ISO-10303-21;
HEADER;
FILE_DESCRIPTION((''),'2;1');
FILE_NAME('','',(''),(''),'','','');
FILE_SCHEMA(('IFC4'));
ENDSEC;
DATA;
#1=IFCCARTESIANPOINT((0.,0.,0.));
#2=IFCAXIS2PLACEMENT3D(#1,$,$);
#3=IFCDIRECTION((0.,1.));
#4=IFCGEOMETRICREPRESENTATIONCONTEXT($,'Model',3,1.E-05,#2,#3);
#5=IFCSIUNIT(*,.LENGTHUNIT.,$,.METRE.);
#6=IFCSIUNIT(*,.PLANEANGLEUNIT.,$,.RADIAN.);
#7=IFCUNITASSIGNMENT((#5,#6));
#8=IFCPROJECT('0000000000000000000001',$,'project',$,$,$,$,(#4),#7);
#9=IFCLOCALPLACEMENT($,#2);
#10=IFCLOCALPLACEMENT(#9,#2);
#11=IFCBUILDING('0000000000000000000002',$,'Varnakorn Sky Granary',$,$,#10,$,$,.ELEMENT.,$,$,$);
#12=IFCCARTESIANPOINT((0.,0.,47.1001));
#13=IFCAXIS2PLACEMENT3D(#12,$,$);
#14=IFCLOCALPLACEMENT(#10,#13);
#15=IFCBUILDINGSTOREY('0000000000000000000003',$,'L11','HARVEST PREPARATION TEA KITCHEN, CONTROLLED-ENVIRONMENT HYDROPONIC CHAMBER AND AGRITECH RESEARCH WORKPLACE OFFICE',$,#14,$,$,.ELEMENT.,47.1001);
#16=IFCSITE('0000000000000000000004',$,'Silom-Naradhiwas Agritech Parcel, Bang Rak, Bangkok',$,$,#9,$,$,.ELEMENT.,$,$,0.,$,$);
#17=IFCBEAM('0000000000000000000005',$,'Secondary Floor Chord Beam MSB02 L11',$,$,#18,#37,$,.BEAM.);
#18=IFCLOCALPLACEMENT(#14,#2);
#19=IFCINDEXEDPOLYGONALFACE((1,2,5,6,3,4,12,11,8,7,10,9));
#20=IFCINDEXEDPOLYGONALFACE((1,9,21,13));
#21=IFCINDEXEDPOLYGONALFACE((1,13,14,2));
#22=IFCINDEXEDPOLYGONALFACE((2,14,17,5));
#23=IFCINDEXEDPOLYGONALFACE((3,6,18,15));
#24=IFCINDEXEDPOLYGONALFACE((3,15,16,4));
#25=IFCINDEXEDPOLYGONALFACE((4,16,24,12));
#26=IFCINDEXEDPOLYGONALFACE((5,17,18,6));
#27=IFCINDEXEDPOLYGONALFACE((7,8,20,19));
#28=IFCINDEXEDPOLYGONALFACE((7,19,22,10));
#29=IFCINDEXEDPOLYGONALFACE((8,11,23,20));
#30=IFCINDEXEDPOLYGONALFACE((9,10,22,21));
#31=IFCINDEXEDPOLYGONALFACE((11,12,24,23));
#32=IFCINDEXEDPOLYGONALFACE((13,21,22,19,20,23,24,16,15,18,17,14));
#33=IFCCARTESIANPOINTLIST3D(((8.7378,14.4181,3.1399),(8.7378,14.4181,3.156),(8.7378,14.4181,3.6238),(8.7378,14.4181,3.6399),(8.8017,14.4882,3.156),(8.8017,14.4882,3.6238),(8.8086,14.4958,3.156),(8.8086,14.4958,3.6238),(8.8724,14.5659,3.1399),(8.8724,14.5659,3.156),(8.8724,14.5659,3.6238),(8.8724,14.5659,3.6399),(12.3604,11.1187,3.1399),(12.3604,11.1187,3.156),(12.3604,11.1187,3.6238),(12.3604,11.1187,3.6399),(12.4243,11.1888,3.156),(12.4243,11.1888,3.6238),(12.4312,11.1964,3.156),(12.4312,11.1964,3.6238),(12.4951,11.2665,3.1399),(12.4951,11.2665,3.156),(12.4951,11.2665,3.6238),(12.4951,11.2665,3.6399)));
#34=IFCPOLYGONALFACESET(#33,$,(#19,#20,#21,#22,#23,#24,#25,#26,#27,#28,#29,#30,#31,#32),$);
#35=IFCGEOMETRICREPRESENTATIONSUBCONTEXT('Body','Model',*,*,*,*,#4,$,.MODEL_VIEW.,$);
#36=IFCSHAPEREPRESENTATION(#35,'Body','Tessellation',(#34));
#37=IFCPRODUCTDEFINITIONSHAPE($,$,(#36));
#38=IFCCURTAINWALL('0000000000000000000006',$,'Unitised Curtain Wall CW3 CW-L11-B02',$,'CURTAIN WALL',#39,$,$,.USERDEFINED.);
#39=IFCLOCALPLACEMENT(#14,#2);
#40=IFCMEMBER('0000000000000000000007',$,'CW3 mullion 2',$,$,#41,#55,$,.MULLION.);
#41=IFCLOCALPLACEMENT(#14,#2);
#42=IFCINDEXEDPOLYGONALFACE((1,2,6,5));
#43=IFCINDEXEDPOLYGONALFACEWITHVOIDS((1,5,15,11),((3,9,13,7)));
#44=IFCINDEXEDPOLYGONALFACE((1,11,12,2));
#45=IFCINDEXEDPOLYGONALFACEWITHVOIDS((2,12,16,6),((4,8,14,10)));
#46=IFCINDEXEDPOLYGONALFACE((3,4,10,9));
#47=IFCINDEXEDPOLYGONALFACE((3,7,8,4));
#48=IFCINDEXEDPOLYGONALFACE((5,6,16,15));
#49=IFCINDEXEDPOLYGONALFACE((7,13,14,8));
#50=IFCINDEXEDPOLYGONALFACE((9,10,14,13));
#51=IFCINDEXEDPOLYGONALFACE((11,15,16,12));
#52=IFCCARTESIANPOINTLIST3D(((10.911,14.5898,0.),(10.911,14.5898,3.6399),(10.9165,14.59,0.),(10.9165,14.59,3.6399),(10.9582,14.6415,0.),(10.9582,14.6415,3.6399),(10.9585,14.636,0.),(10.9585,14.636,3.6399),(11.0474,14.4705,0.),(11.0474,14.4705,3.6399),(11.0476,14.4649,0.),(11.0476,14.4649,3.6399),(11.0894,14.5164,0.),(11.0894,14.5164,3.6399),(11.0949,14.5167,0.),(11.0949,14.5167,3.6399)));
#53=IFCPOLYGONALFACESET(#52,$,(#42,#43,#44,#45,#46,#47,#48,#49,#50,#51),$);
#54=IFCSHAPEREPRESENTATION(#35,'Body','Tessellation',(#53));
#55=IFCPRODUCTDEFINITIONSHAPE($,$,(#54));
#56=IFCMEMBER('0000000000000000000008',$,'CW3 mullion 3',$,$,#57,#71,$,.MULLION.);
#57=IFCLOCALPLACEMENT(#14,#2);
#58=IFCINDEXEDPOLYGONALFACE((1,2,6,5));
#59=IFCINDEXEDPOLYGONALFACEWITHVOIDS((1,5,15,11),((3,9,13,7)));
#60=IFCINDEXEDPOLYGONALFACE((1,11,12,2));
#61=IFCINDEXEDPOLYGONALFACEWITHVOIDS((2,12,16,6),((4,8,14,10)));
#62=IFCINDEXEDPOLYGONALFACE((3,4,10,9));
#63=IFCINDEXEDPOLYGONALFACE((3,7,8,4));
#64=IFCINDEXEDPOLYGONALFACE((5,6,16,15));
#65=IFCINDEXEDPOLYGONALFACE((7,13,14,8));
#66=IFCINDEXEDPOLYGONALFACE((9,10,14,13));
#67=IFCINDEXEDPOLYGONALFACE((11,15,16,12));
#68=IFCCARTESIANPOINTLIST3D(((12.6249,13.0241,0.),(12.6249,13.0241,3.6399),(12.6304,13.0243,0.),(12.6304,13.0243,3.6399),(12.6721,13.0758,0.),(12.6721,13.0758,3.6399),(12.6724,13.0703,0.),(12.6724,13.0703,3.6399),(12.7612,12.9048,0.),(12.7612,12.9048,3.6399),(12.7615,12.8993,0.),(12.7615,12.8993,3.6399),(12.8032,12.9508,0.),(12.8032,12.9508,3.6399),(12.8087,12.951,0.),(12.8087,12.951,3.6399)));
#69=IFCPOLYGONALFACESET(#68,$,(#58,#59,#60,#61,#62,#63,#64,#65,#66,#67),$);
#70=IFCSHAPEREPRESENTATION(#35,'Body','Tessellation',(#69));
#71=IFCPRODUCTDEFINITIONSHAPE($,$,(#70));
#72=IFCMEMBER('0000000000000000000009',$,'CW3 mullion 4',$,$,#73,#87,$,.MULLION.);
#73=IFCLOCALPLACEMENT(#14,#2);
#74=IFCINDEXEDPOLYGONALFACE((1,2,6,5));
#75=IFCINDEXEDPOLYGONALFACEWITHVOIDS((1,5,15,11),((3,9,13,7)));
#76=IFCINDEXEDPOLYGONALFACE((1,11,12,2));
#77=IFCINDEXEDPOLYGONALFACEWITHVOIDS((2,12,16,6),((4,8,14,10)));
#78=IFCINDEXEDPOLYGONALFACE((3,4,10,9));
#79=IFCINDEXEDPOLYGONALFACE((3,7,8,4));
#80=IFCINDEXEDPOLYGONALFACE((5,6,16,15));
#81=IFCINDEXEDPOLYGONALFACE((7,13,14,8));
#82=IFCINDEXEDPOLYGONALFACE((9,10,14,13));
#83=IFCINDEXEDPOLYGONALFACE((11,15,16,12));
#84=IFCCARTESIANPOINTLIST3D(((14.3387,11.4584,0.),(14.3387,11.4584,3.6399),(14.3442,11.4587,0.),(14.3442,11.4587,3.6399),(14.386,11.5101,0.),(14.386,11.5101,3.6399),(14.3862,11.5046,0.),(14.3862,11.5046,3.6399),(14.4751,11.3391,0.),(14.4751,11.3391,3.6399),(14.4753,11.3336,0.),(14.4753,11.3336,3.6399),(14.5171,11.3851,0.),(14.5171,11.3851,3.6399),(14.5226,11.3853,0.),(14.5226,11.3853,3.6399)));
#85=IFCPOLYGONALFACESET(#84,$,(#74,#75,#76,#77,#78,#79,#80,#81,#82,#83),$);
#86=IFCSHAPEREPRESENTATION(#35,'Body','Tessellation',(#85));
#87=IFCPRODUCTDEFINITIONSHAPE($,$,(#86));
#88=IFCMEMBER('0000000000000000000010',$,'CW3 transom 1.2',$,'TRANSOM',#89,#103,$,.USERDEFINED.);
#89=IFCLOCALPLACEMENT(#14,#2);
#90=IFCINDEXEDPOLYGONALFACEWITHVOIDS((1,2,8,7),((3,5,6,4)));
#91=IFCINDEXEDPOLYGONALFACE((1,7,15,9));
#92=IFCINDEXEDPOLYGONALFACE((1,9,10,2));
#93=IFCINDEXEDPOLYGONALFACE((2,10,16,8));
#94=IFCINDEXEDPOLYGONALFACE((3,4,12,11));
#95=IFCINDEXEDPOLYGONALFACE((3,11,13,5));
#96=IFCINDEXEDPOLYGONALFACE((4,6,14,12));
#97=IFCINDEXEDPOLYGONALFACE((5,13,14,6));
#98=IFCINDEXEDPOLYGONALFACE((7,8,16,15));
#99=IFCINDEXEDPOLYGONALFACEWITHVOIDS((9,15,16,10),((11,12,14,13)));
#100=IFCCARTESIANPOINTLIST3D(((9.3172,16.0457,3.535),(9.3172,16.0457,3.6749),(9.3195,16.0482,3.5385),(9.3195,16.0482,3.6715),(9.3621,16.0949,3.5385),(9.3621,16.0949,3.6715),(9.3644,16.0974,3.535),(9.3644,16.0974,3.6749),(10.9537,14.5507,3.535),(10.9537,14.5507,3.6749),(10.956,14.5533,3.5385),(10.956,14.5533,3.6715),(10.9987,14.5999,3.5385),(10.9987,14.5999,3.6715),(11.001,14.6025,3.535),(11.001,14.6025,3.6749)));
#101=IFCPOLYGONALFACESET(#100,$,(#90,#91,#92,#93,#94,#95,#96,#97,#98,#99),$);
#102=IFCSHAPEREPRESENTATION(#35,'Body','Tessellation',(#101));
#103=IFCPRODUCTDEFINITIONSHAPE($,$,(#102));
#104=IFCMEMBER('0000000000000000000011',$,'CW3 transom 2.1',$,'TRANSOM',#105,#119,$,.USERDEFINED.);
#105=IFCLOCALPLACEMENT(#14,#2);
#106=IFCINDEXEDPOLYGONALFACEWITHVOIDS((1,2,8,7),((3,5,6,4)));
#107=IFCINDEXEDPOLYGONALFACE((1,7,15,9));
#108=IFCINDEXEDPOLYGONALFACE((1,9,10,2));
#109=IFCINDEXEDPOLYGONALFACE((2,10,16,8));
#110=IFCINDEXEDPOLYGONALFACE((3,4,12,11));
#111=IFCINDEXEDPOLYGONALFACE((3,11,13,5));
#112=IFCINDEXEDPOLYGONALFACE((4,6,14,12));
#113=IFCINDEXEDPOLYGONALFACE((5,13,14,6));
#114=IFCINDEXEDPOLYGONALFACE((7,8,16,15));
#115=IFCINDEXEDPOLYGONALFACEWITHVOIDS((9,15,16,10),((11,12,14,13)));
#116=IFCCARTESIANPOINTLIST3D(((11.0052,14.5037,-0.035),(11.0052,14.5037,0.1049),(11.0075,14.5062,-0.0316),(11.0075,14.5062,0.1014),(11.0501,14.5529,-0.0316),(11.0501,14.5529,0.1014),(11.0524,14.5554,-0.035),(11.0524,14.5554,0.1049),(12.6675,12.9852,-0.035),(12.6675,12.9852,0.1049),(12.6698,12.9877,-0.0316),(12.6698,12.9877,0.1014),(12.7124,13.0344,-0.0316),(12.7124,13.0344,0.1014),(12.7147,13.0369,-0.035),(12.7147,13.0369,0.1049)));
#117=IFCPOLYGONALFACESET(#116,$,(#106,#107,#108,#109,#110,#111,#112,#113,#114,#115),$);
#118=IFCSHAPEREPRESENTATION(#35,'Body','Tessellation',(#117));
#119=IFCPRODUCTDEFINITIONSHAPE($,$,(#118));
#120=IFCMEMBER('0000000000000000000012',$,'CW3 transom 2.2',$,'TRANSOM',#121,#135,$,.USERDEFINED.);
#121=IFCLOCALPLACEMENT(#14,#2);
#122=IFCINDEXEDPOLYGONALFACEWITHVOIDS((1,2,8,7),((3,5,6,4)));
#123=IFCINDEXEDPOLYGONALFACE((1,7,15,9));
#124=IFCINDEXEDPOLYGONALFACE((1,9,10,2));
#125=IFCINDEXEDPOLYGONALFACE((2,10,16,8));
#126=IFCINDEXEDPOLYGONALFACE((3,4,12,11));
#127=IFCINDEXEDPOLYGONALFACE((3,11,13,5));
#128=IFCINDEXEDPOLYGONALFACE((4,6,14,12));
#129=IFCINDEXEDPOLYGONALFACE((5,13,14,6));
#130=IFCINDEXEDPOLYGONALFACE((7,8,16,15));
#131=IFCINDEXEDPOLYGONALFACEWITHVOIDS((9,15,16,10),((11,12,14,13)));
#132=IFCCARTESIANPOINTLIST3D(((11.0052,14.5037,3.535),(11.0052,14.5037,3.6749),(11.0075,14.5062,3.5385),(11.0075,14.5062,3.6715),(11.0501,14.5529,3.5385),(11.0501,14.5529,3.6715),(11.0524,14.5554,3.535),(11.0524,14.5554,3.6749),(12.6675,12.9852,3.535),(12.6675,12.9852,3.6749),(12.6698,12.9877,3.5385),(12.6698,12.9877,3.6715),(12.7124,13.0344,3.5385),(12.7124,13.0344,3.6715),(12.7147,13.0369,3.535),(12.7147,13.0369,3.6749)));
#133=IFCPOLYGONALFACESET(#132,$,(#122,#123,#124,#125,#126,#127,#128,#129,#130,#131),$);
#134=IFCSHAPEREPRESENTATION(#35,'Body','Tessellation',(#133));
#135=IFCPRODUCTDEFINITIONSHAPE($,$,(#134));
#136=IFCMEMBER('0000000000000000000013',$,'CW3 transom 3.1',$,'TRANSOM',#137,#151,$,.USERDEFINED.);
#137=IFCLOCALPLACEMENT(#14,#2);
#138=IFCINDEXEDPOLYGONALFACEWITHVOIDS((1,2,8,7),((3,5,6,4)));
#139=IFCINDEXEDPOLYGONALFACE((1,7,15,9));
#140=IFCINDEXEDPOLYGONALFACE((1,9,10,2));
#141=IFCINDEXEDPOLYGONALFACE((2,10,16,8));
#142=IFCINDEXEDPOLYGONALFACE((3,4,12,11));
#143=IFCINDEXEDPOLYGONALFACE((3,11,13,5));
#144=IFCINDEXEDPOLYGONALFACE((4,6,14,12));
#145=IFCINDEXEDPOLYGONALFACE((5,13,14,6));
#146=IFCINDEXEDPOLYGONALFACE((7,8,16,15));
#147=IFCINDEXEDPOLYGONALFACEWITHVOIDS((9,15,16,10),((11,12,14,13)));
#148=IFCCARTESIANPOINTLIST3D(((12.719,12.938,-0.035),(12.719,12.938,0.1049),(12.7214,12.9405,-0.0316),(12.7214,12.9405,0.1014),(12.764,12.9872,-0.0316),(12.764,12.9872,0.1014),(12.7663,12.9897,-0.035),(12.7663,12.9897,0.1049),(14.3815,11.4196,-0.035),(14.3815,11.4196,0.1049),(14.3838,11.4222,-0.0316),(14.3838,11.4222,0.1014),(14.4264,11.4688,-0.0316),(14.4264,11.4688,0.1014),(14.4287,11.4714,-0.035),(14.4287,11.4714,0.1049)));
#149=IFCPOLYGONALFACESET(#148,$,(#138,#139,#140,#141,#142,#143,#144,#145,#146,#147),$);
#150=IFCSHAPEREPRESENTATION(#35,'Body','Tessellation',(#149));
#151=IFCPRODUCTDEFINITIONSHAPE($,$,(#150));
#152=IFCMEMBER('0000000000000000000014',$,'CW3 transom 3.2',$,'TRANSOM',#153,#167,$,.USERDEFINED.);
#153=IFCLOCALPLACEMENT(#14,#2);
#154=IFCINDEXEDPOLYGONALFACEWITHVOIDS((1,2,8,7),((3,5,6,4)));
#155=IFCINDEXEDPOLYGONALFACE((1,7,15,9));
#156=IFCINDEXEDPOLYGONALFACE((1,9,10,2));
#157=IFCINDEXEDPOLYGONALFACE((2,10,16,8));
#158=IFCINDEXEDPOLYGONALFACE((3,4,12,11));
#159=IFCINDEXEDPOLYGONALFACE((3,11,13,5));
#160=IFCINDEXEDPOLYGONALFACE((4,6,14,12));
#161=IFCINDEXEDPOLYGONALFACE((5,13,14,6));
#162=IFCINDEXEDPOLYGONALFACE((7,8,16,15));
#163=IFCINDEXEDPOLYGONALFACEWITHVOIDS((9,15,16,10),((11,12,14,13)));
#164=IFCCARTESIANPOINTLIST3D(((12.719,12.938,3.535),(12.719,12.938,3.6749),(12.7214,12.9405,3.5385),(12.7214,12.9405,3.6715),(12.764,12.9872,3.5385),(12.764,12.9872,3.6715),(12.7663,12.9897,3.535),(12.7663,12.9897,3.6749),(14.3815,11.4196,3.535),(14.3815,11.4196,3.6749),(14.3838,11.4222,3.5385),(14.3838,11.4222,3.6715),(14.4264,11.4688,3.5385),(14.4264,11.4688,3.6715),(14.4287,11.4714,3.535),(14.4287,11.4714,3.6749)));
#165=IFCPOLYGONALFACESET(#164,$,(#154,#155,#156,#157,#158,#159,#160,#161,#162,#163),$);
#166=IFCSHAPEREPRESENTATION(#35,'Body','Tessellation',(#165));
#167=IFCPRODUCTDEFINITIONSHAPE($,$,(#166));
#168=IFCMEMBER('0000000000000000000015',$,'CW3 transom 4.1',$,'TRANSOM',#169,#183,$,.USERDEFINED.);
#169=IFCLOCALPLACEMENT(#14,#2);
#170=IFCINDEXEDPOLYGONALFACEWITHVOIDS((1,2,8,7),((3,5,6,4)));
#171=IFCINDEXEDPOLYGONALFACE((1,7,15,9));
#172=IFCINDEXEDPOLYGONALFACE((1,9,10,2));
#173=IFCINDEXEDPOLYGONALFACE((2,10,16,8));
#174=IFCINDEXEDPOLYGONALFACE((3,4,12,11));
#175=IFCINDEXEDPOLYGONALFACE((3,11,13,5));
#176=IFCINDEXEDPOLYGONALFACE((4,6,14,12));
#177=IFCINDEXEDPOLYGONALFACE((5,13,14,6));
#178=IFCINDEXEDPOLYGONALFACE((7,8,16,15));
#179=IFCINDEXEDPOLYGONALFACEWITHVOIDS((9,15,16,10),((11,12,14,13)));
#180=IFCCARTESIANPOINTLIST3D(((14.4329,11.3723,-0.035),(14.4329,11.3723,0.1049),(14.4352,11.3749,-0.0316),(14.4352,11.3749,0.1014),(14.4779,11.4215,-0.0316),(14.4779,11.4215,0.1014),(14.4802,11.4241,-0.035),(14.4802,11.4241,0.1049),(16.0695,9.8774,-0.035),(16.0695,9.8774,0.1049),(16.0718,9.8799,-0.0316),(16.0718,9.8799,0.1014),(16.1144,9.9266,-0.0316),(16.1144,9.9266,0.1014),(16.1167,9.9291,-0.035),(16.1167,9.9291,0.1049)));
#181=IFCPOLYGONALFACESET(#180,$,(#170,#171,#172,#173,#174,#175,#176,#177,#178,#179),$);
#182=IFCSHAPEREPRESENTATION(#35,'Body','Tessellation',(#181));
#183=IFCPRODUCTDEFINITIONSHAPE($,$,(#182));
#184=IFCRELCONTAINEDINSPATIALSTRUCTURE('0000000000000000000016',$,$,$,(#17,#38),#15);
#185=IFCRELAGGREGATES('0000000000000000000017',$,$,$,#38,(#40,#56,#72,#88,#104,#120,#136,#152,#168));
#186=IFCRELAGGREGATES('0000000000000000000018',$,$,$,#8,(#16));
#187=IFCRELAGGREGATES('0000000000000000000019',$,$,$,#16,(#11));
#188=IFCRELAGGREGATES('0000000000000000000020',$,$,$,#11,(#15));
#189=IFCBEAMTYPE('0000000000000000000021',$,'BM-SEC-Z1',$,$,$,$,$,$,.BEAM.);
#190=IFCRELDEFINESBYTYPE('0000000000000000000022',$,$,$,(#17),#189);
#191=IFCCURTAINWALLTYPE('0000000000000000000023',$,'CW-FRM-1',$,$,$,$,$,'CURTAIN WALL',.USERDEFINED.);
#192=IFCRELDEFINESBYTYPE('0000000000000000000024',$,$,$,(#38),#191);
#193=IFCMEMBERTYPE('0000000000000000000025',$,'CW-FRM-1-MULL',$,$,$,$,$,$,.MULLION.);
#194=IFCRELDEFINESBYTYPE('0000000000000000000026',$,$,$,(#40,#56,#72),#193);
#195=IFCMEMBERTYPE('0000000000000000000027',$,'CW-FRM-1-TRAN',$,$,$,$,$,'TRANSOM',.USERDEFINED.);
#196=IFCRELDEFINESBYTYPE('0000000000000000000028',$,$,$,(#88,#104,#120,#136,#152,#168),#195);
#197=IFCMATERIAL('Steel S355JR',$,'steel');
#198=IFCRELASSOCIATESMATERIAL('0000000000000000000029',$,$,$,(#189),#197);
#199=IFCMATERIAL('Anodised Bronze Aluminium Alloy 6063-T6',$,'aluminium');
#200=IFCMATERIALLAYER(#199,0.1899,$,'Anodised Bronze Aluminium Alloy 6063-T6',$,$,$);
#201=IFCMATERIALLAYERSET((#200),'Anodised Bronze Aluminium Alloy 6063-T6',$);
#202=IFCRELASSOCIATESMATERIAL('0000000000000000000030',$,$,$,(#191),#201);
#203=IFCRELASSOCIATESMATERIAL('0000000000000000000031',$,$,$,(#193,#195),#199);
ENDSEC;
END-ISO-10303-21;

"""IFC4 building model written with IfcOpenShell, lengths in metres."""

from ifc_helpers import new_model, si_unit, direction, frame, origin, origin_2d, place, context, subcontext, project, spatial, hollow_rectangle, i_section, extrude, material, layer, layer_set, material_profile, profile_set, type_object, element, aggregate, save


model = new_model("IFC4")

# Units and contexts
model_context = context("Model", 3, precision=1e-05, world=origin(), true_north=direction((0.0, 1.0)))
body_context = subcontext(model_context, "Body", "Model", "MODEL_VIEW")
ifc_project = project(units=[si_unit("LENGTHUNIT", "METRE"), si_unit("PLANEANGLEUNIT", "RADIAN")], contexts=[model_context])

# Site, building, storey
site_placement = place(None, origin())
site = spatial("IfcSite", under=ifc_project, at=site_placement, Name="Silom-Naradhiwas Agritech Parcel, Bang Rak, Bangkok", CompositionType="ELEMENT", RefElevation=0.0)
building_placement = place(site_placement, origin())
building = spatial("IfcBuilding", under=site, at=building_placement, Name="Varnakorn Sky Granary", CompositionType="ELEMENT")
storey_placement = place(building_placement, frame((0.0, 0.0, 47.1001)))
storey = spatial("IfcBuildingStorey", under=building, at=storey_placement, Name="L11", Description="HARVEST PREPARATION TEA KITCHEN, CONTROLLED-ENVIRONMENT HYDROPONIC CHAMBER AND AGRITECH RESEARCH WORKPLACE OFFICE", CompositionType="ELEMENT", Elevation=47.1001)

# Beam
ifc_material_1 = material(Name="Steel S355JR", Category="steel")
ifc_material_profile_1 = material_profile(ifc_material_1, i_section(OverallWidth=0.2, OverallDepth=0.5, WebThickness=0.0103, FlangeThickness=0.0161, at=origin_2d()), Name="IPE 500")
ifc_profile_set_1 = profile_set([ifc_material_profile_1], Name="Steel S355JR")
beam_type = type_object("IfcBeamType", Name="BM-SEC-Z1", PredefinedType="BEAM", material=ifc_profile_set_1)
beam_placement = place(storey_placement, frame((12.4277, 11.1926, 3.3899), z_axis=(-0.739322, 0.673352, 0.0), x_axis=(-0.673352, -0.739322, 0.0)))
element("IfcBeam", 1, at=beam_placement, inside=storey, type_object=beam_type, Name="Secondary Floor Chord Beam MSB02 L11", PredefinedType="BEAM", context=body_context, shape_type="SweptSolid", body=[
    extrude(i_section(OverallWidth=0.2, OverallDepth=0.5, WebThickness=0.0103, FlangeThickness=0.0161, at=origin_2d()), origin(), (0.0, 0.0, 1.0), 4.8999),
])

# Curtain wall, members
ifc_material_2 = material(Name="Anodised Bronze Aluminium Alloy 6063-T6", Category="aluminium")
ifc_layer_1 = layer(ifc_material_2, 0.1899, Name="Anodised Bronze Aluminium Alloy 6063-T6")
ifc_layer_set_1 = layer_set([ifc_layer_1], Name="Anodised Bronze Aluminium Alloy 6063-T6")
curtain_wall_type = type_object("IfcCurtainWallType", Name="CW-FRM-1", ElementType="CURTAIN WALL", PredefinedType="USERDEFINED", material=ifc_layer_set_1)
curtain_wall_placement = place(storey_placement, origin())
curtain_wall = element("IfcCurtainWall", 2, at=curtain_wall_placement, inside=storey, type_object=curtain_wall_type, Name="Unitised Curtain Wall CW3 CW-L11-B02", ObjectType="CURTAIN WALL", PredefinedType="USERDEFINED")
ifc_material_profile_2 = material_profile(ifc_material_2, hollow_rectangle(XDim=0.0701, YDim=0.1851, WallThickness=0.0039, at=origin_2d()), Name="ALU MULL 70x185")
ifc_profile_set_2 = profile_set([ifc_material_profile_2], Name="Anodised Bronze Aluminium Alloy 6063-T6")
member_type_1 = type_object("IfcMemberType", Name="CW-FRM-1-MULL", PredefinedType="MULLION", material=ifc_profile_set_2)
member_1_placement = place(storey_placement, frame((11.0029, 14.5532, 0.0), z_axis=(0.0, 0.0, 1.0), x_axis=(0.674464, 0.738307, 0.0)))
member_1 = element("IfcMember", 3, at=member_1_placement, type_object=member_type_1, Name="CW3 mullion 2", PredefinedType="MULLION", context=body_context, shape_type="SweptSolid", body=[
    extrude(hollow_rectangle(XDim=0.0701, YDim=0.1851, WallThickness=0.0039, at=origin_2d()), origin(), (0.0, 0.0, 1.0), 3.6399),
])
member_2_placement = place(storey_placement, frame((12.7168, 12.9875, 0.0), z_axis=(0.0, 0.0, 1.0), x_axis=(0.674464, 0.738307, 0.0)))
member_2 = element("IfcMember", 4, at=member_2_placement, type_object=member_type_1, Name="CW3 mullion 3", PredefinedType="MULLION", context=body_context, shape_type="SweptSolid", body=[
    extrude(hollow_rectangle(XDim=0.0701, YDim=0.1851, WallThickness=0.0039, at=origin_2d()), origin(), (0.0, 0.0, 1.0), 3.6399),
])
member_3_placement = place(storey_placement, frame((14.4307, 11.4219, 0.0), z_axis=(0.0, 0.0, 1.0), x_axis=(0.674464, 0.738307, 0.0)))
member_3 = element("IfcMember", 5, at=member_3_placement, type_object=member_type_1, Name="CW3 mullion 4", PredefinedType="MULLION", context=body_context, shape_type="SweptSolid", body=[
    extrude(hollow_rectangle(XDim=0.0701, YDim=0.1851, WallThickness=0.0039, at=origin_2d()), origin(), (0.0, 0.0, 1.0), 3.6399),
])
ifc_material_profile_3 = material_profile(ifc_material_2, hollow_rectangle(XDim=0.0701, YDim=0.1399, WallThickness=0.0034, at=origin_2d()), Name="ALU TRAN 70x140")
ifc_profile_set_3 = profile_set([ifc_material_profile_3], Name="Anodised Bronze Aluminium Alloy 6063-T6")
member_type_2 = type_object("IfcMemberType", Name="CW-FRM-1-TRAN", ElementType="TRANSOM", PredefinedType="USERDEFINED", material=ifc_profile_set_3)
member_4_placement = place(storey_placement, frame((9.3408, 16.0715, 3.605), z_axis=(0.738328, -0.674442, 0.0), x_axis=(0.674442, 0.738328, 0.0)))
member_4 = element("IfcMember", 6, at=member_4_placement, type_object=member_type_2, Name="CW3 transom 1.2", ObjectType="TRANSOM", PredefinedType="USERDEFINED", context=body_context, shape_type="SweptSolid", body=[
    extrude(hollow_rectangle(XDim=0.0701, YDim=0.1399, WallThickness=0.0034, at=origin_2d()), origin(), (0.0, 0.0, 1.0), 2.2166),
])
member_5_placement = place(storey_placement, frame((11.0288, 14.5295, 0.0349), z_axis=(0.738319, -0.674452, 0.0), x_axis=(0.674452, 0.738319, 0.0)))
member_5 = element("IfcMember", 7, at=member_5_placement, type_object=member_type_2, Name="CW3 transom 2.1", ObjectType="TRANSOM", PredefinedType="USERDEFINED", context=body_context, shape_type="SweptSolid", body=[
    extrude(hollow_rectangle(XDim=0.0701, YDim=0.1399, WallThickness=0.0034, at=origin_2d()), origin(), (0.0, 0.0, 1.0), 2.2515),
])
member_6_placement = place(storey_placement, frame((11.0288, 14.5295, 3.605), z_axis=(0.738319, -0.674452, 0.0), x_axis=(0.674452, 0.738319, 0.0)))
member_6 = element("IfcMember", 8, at=member_6_placement, type_object=member_type_2, Name="CW3 transom 2.2", ObjectType="TRANSOM", PredefinedType="USERDEFINED", context=body_context, shape_type="SweptSolid", body=[
    extrude(hollow_rectangle(XDim=0.0701, YDim=0.1399, WallThickness=0.0034, at=origin_2d()), origin(), (0.0, 0.0, 1.0), 2.2515),
])
member_7_placement = place(storey_placement, frame((12.7427, 12.9639, 0.0349), z_axis=(0.738373, -0.674393, 0.0), x_axis=(0.674393, 0.738373, 0.0)))
member_7 = element("IfcMember", 9, at=member_7_placement, type_object=member_type_2, Name="CW3 transom 3.1", ObjectType="TRANSOM", PredefinedType="USERDEFINED", context=body_context, shape_type="SweptSolid", body=[
    extrude(hollow_rectangle(XDim=0.0701, YDim=0.1399, WallThickness=0.0034, at=origin_2d()), origin(), (0.0, 0.0, 1.0), 2.2515),
])
member_8_placement = place(storey_placement, frame((12.7427, 12.9639, 3.605), z_axis=(0.738373, -0.674393, 0.0), x_axis=(0.674393, 0.738373, 0.0)))
member_8 = element("IfcMember", 10, at=member_8_placement, type_object=member_type_2, Name="CW3 transom 3.2", ObjectType="TRANSOM", PredefinedType="USERDEFINED", context=body_context, shape_type="SweptSolid", body=[
    extrude(hollow_rectangle(XDim=0.0701, YDim=0.1399, WallThickness=0.0034, at=origin_2d()), origin(), (0.0, 0.0, 1.0), 2.2515),
])
member_9_placement = place(storey_placement, frame((14.4565, 11.3982, 0.0349), z_axis=(0.738328, -0.674442, 0.0), x_axis=(0.674442, 0.738328, 0.0)))
member_9 = element("IfcMember", 11, at=member_9_placement, type_object=member_type_2, Name="CW3 transom 4.1", ObjectType="TRANSOM", PredefinedType="USERDEFINED", context=body_context, shape_type="SweptSolid", body=[
    extrude(hollow_rectangle(XDim=0.0701, YDim=0.1399, WallThickness=0.0034, at=origin_2d()), origin(), (0.0, 0.0, 1.0), 2.2166),
])

aggregate(curtain_wall, [member_1, member_2, member_3, member_4, member_5, member_6, member_7, member_8, member_9])

save(model, "model.ifc")
